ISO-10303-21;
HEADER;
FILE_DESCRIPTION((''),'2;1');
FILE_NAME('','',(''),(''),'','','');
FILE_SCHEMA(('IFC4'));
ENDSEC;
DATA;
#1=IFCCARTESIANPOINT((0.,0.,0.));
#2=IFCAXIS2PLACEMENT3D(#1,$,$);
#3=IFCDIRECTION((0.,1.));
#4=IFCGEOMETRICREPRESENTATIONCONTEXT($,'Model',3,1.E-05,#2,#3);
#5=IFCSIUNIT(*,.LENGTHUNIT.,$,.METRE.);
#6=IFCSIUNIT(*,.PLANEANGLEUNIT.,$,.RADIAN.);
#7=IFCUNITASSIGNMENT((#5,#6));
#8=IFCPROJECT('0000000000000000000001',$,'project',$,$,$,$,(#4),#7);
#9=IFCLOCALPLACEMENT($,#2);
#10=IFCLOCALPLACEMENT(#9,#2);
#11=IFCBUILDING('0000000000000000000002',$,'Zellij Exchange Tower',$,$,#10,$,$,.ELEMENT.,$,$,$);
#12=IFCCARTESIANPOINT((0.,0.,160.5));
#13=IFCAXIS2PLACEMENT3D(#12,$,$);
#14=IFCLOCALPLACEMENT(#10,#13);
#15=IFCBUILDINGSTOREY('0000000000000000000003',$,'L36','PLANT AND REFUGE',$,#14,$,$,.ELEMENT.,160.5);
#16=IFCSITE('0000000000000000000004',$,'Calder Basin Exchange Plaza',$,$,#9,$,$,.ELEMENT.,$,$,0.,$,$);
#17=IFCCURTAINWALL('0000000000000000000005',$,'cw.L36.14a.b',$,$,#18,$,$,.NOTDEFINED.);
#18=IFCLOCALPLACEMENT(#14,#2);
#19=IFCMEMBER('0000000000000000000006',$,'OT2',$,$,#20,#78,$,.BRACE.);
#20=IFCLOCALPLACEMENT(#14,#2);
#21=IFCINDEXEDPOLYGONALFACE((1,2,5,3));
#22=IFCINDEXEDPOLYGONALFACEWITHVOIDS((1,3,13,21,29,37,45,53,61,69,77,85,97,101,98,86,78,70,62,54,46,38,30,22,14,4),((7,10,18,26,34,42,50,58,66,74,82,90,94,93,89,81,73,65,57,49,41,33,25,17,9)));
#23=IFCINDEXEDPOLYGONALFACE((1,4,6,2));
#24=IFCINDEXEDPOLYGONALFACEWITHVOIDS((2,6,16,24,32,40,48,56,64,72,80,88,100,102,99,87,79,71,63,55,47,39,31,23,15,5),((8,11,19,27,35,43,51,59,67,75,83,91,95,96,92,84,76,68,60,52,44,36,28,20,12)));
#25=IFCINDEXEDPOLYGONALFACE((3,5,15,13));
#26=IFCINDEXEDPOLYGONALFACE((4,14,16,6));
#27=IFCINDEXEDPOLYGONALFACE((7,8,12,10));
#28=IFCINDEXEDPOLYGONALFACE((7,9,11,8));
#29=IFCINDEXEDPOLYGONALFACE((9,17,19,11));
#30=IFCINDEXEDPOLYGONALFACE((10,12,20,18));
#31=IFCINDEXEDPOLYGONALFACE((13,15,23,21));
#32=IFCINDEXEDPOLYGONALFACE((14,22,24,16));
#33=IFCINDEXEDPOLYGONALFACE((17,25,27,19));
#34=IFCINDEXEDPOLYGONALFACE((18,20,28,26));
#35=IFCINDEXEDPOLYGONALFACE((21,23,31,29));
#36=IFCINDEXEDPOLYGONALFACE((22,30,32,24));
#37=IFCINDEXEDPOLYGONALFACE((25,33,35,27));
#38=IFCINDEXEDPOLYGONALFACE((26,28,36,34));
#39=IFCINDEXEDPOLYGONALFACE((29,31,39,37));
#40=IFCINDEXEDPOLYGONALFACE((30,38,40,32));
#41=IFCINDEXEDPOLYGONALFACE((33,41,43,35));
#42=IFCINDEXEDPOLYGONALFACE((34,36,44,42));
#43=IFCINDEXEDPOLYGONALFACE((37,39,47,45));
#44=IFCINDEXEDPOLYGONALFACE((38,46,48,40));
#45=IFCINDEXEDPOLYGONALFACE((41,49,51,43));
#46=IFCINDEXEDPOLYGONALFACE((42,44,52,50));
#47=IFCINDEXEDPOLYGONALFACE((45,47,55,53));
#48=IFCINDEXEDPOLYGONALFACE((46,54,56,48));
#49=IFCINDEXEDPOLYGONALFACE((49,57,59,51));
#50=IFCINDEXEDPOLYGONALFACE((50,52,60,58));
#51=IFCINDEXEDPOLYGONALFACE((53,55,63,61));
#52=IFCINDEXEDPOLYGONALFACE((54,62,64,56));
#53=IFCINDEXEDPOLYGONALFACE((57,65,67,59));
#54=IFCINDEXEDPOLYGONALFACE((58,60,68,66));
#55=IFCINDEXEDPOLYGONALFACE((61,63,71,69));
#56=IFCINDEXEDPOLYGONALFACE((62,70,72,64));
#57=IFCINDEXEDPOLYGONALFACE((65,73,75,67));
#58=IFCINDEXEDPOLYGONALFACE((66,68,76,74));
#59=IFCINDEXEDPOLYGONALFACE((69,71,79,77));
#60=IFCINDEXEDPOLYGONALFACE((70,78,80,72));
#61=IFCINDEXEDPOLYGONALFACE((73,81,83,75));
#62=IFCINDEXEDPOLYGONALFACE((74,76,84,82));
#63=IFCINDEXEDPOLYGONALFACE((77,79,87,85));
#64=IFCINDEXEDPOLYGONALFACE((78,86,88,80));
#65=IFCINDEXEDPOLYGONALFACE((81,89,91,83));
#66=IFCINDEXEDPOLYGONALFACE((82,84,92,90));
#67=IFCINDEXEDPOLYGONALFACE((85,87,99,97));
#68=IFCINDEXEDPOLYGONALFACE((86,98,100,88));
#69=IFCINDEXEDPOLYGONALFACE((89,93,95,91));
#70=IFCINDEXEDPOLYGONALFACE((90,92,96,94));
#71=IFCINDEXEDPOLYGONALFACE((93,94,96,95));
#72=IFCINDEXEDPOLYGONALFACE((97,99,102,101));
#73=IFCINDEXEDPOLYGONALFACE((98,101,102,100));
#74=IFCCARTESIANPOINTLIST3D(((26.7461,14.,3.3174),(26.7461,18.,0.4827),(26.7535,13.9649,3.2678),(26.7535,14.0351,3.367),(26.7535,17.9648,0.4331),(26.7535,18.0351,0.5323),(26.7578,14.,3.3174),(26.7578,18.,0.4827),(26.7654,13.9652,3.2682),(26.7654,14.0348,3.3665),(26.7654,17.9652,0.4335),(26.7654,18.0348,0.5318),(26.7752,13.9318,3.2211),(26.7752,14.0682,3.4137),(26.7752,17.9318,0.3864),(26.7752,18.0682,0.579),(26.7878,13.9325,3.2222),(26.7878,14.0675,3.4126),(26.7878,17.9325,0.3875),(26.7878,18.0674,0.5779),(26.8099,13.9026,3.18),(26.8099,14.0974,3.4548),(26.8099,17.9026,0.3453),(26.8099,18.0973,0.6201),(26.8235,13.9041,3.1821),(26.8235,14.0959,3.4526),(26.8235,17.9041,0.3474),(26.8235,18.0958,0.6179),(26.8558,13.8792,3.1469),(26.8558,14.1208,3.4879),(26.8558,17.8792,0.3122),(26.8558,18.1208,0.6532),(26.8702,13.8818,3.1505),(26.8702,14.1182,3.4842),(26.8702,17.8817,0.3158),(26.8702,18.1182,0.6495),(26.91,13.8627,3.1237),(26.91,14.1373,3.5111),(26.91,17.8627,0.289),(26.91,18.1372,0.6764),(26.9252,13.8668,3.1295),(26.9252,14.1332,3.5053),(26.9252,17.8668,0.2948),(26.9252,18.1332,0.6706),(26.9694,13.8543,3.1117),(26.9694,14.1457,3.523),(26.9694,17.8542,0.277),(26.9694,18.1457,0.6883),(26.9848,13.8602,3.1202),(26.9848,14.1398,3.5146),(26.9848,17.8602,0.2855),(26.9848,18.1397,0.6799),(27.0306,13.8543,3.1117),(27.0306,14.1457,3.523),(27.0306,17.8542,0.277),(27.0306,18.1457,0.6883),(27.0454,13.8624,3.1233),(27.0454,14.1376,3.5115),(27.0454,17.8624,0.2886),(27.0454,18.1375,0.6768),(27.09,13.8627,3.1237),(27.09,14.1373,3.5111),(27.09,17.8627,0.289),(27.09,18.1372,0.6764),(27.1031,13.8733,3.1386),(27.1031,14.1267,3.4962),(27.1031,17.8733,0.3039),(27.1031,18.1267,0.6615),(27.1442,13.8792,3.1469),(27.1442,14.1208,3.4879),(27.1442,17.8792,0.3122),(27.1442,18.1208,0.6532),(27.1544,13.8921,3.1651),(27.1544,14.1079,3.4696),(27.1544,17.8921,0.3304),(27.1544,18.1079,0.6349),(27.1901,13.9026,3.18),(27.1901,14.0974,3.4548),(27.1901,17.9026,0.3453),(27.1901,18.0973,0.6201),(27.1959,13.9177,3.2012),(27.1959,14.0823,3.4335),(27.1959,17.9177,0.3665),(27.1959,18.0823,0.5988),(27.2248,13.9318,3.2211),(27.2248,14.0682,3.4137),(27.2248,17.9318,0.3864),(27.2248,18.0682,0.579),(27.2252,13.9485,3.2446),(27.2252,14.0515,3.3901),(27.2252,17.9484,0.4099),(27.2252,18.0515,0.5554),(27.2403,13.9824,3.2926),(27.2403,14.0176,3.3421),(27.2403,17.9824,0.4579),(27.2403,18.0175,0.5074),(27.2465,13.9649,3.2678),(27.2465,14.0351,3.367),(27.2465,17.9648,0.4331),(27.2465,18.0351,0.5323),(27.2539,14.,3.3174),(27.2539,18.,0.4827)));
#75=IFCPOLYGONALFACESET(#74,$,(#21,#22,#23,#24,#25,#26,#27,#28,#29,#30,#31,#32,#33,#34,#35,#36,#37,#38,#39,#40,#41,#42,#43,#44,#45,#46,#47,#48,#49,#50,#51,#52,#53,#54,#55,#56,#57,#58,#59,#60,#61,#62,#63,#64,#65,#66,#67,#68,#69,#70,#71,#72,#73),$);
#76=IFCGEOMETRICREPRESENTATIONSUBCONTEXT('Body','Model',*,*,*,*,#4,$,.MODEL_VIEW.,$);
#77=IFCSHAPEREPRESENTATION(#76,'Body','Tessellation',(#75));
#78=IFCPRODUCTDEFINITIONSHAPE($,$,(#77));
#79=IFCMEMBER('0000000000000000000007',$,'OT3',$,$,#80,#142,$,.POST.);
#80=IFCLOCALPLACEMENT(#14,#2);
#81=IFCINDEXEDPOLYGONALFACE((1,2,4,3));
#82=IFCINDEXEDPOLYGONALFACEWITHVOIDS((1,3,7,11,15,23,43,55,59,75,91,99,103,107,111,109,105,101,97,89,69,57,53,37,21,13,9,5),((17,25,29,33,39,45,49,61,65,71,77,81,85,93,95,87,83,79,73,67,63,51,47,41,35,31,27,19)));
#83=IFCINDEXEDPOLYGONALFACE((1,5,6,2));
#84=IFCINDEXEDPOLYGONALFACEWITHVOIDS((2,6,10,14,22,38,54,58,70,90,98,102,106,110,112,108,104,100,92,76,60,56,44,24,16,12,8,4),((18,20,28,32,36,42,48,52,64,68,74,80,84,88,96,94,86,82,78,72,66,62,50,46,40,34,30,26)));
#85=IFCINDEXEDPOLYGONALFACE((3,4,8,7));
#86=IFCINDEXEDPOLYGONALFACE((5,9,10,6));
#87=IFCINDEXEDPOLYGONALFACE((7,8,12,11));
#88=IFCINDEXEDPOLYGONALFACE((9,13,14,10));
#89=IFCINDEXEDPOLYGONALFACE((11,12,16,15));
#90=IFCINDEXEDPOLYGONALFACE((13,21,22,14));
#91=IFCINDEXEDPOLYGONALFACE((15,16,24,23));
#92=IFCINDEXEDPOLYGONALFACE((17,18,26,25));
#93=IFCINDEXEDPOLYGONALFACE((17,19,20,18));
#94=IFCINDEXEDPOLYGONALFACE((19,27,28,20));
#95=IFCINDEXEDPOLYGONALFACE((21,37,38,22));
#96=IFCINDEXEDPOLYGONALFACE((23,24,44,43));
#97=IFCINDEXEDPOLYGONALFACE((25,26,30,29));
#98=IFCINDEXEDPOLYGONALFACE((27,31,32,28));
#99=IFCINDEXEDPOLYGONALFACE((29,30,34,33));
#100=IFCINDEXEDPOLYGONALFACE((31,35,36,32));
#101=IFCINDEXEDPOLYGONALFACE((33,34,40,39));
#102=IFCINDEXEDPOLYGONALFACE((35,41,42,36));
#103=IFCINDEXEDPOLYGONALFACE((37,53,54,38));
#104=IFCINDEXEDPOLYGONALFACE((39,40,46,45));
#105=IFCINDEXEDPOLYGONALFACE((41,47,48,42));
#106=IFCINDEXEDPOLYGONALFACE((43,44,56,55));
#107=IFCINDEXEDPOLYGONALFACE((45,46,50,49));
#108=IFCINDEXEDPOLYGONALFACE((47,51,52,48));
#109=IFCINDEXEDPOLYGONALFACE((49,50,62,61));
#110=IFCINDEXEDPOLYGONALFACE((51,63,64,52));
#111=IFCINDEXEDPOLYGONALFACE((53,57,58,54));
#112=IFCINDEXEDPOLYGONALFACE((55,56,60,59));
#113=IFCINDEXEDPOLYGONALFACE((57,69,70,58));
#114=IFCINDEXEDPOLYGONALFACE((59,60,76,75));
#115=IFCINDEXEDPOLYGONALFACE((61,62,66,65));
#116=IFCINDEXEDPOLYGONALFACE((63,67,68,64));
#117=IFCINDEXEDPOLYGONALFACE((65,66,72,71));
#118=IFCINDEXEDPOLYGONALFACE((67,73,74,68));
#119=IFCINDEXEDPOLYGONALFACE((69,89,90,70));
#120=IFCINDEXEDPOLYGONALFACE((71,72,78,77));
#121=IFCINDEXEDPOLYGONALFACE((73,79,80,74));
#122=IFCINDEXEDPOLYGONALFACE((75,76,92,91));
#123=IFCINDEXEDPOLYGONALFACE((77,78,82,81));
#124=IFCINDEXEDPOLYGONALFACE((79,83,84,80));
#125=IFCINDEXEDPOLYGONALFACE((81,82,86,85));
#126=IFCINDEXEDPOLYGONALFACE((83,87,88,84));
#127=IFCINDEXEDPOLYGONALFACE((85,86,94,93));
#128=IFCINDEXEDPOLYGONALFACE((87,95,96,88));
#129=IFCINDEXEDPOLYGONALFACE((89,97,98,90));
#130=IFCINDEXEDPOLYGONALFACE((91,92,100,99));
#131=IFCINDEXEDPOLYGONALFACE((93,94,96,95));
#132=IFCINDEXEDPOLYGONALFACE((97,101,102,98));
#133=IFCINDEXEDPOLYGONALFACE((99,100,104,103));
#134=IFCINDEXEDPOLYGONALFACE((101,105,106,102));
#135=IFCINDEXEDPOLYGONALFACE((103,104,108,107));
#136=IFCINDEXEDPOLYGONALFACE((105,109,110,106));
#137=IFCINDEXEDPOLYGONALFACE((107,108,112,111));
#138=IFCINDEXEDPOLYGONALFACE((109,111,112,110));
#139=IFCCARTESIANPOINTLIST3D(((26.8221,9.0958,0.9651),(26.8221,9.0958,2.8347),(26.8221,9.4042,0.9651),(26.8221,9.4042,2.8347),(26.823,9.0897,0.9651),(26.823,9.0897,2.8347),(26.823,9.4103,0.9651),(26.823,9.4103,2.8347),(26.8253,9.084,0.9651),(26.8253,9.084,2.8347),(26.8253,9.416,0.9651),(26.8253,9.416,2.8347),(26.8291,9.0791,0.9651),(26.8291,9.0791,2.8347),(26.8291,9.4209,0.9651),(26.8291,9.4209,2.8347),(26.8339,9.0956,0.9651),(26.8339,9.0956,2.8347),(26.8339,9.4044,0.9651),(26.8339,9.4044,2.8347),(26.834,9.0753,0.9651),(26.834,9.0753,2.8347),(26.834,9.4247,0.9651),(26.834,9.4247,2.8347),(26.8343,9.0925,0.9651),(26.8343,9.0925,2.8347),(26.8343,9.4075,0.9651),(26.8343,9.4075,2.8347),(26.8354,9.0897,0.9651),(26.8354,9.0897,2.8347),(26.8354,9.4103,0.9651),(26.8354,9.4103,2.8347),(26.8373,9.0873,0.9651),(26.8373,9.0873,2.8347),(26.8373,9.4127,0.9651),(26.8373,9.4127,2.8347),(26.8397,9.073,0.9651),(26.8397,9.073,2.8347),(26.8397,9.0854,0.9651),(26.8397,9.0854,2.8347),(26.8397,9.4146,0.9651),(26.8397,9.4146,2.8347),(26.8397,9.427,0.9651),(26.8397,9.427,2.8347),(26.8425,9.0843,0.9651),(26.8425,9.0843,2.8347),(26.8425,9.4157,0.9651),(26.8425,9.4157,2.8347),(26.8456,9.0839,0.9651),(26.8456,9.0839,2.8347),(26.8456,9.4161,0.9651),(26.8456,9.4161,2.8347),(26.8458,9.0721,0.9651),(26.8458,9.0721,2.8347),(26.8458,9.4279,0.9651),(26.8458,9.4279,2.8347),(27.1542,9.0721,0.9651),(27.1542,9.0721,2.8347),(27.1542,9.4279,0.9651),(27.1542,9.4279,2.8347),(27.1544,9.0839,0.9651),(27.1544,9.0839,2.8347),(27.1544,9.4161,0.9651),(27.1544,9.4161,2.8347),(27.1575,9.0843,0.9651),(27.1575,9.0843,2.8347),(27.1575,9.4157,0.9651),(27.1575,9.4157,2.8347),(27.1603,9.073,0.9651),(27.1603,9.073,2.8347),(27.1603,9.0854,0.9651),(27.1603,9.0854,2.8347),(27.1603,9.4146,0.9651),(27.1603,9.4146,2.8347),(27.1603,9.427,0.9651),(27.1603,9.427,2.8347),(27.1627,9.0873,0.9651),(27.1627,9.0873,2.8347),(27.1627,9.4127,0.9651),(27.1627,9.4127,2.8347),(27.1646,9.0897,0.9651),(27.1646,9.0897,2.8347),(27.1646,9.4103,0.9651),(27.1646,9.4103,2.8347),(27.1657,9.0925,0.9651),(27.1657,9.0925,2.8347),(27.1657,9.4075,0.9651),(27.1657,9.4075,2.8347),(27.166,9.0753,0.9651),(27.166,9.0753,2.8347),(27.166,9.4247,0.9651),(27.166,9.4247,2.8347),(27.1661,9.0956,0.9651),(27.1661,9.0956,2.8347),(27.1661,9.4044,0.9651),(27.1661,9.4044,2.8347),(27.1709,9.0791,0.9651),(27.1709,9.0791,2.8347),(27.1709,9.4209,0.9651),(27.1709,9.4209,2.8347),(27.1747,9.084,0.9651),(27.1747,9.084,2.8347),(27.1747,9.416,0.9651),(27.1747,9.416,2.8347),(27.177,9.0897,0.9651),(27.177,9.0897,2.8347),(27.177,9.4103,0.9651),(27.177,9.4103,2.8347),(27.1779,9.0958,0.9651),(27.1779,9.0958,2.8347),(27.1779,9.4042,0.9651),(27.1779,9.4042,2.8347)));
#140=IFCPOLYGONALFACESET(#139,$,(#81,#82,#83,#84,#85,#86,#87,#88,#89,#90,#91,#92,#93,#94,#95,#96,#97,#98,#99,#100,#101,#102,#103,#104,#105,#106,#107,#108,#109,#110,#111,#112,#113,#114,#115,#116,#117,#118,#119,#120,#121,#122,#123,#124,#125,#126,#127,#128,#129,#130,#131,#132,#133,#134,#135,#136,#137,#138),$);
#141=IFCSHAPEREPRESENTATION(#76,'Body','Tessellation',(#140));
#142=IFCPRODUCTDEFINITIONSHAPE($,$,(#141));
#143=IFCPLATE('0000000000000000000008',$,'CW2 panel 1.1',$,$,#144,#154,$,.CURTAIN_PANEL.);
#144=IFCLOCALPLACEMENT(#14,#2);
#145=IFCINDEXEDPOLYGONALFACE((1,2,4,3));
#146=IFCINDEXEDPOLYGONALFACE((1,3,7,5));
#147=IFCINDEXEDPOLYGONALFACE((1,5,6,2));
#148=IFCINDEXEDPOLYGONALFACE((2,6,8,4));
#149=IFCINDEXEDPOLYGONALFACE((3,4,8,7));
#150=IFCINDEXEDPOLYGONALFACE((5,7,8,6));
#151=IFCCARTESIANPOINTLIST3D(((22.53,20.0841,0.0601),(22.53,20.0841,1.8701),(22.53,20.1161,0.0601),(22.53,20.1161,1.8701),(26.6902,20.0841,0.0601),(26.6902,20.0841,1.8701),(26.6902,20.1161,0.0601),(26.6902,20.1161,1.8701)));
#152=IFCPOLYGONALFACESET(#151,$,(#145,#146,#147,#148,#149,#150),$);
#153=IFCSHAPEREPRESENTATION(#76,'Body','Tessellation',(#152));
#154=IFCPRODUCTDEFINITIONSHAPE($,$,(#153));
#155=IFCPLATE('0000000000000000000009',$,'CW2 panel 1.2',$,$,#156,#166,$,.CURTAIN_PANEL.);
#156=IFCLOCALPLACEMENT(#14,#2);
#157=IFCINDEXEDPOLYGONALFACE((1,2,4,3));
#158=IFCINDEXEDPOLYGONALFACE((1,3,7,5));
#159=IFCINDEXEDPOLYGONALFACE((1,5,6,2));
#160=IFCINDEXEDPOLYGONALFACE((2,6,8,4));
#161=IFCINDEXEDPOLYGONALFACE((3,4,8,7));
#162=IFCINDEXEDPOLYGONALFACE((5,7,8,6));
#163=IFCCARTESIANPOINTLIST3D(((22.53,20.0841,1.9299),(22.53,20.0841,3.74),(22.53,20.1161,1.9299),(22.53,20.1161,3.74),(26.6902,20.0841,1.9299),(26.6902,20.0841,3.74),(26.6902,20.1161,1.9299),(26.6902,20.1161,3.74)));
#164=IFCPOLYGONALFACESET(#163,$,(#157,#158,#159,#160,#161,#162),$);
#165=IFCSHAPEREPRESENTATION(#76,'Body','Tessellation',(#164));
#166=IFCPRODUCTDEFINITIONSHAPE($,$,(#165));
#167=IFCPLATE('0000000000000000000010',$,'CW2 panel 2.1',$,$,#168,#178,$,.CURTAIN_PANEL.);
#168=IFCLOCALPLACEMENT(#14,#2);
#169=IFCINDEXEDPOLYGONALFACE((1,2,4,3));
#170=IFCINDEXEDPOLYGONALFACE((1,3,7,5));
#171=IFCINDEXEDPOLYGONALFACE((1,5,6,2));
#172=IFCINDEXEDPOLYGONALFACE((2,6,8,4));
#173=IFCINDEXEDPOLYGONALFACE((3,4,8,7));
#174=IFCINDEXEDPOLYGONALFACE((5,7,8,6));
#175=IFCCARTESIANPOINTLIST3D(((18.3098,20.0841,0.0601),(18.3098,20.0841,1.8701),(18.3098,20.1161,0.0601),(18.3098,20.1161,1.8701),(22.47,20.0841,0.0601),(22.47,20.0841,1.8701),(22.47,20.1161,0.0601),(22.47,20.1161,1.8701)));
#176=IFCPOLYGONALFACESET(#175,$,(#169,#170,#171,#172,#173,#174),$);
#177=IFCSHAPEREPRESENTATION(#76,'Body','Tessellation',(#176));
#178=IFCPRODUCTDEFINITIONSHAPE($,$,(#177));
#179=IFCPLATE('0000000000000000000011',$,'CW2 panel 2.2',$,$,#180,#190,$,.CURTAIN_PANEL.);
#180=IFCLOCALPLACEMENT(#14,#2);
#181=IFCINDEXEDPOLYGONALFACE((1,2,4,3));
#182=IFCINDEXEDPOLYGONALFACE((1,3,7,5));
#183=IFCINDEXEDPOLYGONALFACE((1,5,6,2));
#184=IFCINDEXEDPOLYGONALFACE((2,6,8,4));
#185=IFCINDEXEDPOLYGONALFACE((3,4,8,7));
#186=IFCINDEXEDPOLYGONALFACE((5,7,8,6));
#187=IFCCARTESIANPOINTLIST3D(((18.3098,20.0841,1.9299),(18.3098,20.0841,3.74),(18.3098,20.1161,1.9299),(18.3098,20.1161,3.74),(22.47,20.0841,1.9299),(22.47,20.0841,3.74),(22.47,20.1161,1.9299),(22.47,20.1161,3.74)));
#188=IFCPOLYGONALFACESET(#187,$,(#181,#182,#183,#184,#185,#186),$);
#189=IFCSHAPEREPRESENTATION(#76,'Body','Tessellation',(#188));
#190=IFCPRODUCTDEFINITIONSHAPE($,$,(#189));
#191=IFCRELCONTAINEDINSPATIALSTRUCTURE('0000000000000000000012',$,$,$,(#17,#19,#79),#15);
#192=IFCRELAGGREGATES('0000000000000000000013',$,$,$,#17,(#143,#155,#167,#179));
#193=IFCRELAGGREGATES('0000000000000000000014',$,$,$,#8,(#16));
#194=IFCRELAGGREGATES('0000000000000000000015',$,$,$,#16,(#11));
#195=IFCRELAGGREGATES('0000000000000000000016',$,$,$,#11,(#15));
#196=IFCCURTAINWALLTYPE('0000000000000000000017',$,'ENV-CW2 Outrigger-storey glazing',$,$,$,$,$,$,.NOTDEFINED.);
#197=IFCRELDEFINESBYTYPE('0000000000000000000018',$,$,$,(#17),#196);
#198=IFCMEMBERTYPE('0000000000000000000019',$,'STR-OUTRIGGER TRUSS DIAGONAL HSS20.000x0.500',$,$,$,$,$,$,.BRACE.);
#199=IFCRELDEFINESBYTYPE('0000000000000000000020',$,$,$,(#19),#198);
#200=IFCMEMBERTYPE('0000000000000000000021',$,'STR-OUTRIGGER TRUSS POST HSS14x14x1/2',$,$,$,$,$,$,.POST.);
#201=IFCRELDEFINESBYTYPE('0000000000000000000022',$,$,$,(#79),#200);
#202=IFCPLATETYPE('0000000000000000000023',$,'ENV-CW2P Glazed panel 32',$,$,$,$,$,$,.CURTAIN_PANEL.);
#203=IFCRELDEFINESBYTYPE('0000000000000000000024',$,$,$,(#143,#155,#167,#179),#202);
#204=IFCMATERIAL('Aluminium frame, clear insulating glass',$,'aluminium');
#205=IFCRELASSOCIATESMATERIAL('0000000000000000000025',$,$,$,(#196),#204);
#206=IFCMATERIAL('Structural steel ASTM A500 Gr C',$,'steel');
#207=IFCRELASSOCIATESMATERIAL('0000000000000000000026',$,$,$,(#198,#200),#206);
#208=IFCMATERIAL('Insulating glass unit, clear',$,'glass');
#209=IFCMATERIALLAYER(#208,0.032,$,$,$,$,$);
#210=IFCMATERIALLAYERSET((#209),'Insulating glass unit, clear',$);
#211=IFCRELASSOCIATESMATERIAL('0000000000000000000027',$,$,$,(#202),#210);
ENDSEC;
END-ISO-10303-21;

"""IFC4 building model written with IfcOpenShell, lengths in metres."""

from ifc_helpers import new_model, si_unit, direction, frame, origin, origin_2d, place, context, subcontext, project, spatial, rectangle, hollow_rectangle, hollow_circle, extrude, material, layer, layer_set, material_profile, profile_set, type_object, element, aggregate, save


model = new_model("IFC4")

# Units and contexts
model_context = context("Model", 3, precision=1e-05, world=origin(), true_north=direction((0.0, 1.0)))
body_context = subcontext(model_context, "Body", "Model", "MODEL_VIEW")
ifc_project = project(units=[si_unit("LENGTHUNIT", "METRE"), si_unit("PLANEANGLEUNIT", "RADIAN")], contexts=[model_context])

# Site, building, storey
site_placement = place(None, origin())
site = spatial("IfcSite", under=ifc_project, at=site_placement, Name="Calder Basin Exchange Plaza", CompositionType="ELEMENT", RefElevation=0.0)
building_placement = place(site_placement, origin())
building = spatial("IfcBuilding", under=site, at=building_placement, Name="Zellij Exchange Tower", CompositionType="ELEMENT")
storey_placement = place(building_placement, frame((0.0, 0.0, 160.5)))
storey = spatial("IfcBuildingStorey", under=building, at=storey_placement, Name="L36", Description="PLANT AND REFUGE", CompositionType="ELEMENT", Elevation=160.5)

# Curtain wall
ifc_material_1 = material(Name="Aluminium frame, clear insulating glass", Category="aluminium")
curtain_wall_type = type_object("IfcCurtainWallType", Name="ENV-CW2 Outrigger-storey glazing", PredefinedType="NOTDEFINED", material=ifc_material_1)
curtain_wall_placement = place(storey_placement, origin())
curtain_wall = element("IfcCurtainWall", 1, at=curtain_wall_placement, inside=storey, type_object=curtain_wall_type, Name="cw.L36.14a.b", PredefinedType="NOTDEFINED")

# Members
ifc_material_2 = material(Name="Structural steel ASTM A500 Gr C", Category="steel")
ifc_material_profile_1 = material_profile(ifc_material_2, hollow_circle(Radius=0.2539, WallThickness=0.0117, at=origin_2d()), Name="STR-OUTRIGGER TRUSS DIAGONAL HSS20.000x0.500")
ifc_profile_set_1 = profile_set([ifc_material_profile_1], Name="Structural steel ASTM A500 Gr C")
member_type_1 = type_object("IfcMemberType", Name="STR-OUTRIGGER TRUSS DIAGONAL HSS20.000x0.500", PredefinedType="BRACE", material=ifc_profile_set_1)
member_1_placement = place(storey_placement, frame((27.0, 14.0, 3.3174), z_axis=(0.0, 0.815891, -0.578205), x_axis=(-1.0, 0.0, 0.0)))
element("IfcMember", 2, at=member_1_placement, inside=storey, type_object=member_type_1, Name="OT2", PredefinedType="BRACE", context=body_context, shape_type="SweptSolid", body=[
    extrude(hollow_circle(Radius=0.2539, WallThickness=0.0117, at=origin_2d()), origin(), (0.0, 0.0, 1.0), 4.9026),
])
ifc_material_profile_2 = material_profile(ifc_material_2, hollow_rectangle(XDim=0.3557, YDim=0.3557, WallThickness=0.0117, InnerFilletRadius=0.0117, OuterFilletRadius=0.0237, at=origin_2d()), Name="STR-OUTRIGGER TRUSS POST HSS14x14x1/2")
ifc_profile_set_2 = profile_set([ifc_material_profile_2], Name="Structural steel ASTM A500 Gr C")
member_type_2 = type_object("IfcMemberType", Name="STR-OUTRIGGER TRUSS POST HSS14x14x1/2", PredefinedType="POST", material=ifc_profile_set_2)
member_2_placement = place(storey_placement, frame((27.0, 9.25, 0.9651), z_axis=(0.0, 0.0, 1.0), x_axis=(1.0, 0.0, 0.0)))
element("IfcMember", 3, at=member_2_placement, inside=storey, type_object=member_type_2, Name="OT3", PredefinedType="POST", context=body_context, shape_type="SweptSolid", body=[
    extrude(hollow_rectangle(XDim=0.3557, YDim=0.3557, WallThickness=0.0117, InnerFilletRadius=0.0117, OuterFilletRadius=0.0237, at=origin_2d()), origin(), (0.0, 0.0, 1.0), 1.8696),
])

# Plates
ifc_material_3 = material(Name="Insulating glass unit, clear", Category="glass")
ifc_layer_1 = layer(ifc_material_3, 0.032)
ifc_layer_set_1 = layer_set([ifc_layer_1], Name="Insulating glass unit, clear")
plate_type = type_object("IfcPlateType", Name="ENV-CW2P Glazed panel 32", PredefinedType="CURTAIN_PANEL", material=ifc_layer_set_1)
plate_1_placement = place(storey_placement, frame((24.6101, 20.1001, 0.0601), z_axis=(0.0, 0.0, 1.0), x_axis=(-1.0, 0.0, 0.0)))
plate_1 = element("IfcPlate", 4, at=plate_1_placement, type_object=plate_type, Name="CW2 panel 1.1", PredefinedType="CURTAIN_PANEL", context=body_context, shape_type="SweptSolid", body=[
    extrude(rectangle(XDim=4.1602, YDim=0.032, at=origin_2d()), origin(), (0.0, 0.0, 1.0), 1.8101),
])
plate_2_placement = place(storey_placement, frame((24.6101, 20.1001, 1.9299), z_axis=(0.0, 0.0, 1.0), x_axis=(-1.0, 0.0, 0.0)))
plate_2 = element("IfcPlate", 5, at=plate_2_placement, type_object=plate_type, Name="CW2 panel 1.2", PredefinedType="CURTAIN_PANEL", context=body_context, shape_type="SweptSolid", body=[
    extrude(rectangle(XDim=4.1602, YDim=0.032, at=origin_2d()), origin(), (0.0, 0.0, 1.0), 1.8101),
])
plate_3_placement = place(storey_placement, frame((20.3899, 20.1001, 0.0601), z_axis=(0.0, 0.0, 1.0), x_axis=(-1.0, 0.0, 0.0)))
plate_3 = element("IfcPlate", 6, at=plate_3_placement, type_object=plate_type, Name="CW2 panel 2.1", PredefinedType="CURTAIN_PANEL", context=body_context, shape_type="SweptSolid", body=[
    extrude(rectangle(XDim=4.1602, YDim=0.032, at=origin_2d()), origin(), (0.0, 0.0, 1.0), 1.8101),
])
plate_4_placement = place(storey_placement, frame((20.3899, 20.1001, 1.9299), z_axis=(0.0, 0.0, 1.0), x_axis=(-1.0, 0.0, 0.0)))
plate_4 = element("IfcPlate", 7, at=plate_4_placement, type_object=plate_type, Name="CW2 panel 2.2", PredefinedType="CURTAIN_PANEL", context=body_context, shape_type="SweptSolid", body=[
    extrude(rectangle(XDim=4.1602, YDim=0.032, at=origin_2d()), origin(), (0.0, 0.0, 1.0), 1.8101),
])
aggregate(curtain_wall, [plate_1, plate_2, plate_3, plate_4])

save(model, "model.ifc")
